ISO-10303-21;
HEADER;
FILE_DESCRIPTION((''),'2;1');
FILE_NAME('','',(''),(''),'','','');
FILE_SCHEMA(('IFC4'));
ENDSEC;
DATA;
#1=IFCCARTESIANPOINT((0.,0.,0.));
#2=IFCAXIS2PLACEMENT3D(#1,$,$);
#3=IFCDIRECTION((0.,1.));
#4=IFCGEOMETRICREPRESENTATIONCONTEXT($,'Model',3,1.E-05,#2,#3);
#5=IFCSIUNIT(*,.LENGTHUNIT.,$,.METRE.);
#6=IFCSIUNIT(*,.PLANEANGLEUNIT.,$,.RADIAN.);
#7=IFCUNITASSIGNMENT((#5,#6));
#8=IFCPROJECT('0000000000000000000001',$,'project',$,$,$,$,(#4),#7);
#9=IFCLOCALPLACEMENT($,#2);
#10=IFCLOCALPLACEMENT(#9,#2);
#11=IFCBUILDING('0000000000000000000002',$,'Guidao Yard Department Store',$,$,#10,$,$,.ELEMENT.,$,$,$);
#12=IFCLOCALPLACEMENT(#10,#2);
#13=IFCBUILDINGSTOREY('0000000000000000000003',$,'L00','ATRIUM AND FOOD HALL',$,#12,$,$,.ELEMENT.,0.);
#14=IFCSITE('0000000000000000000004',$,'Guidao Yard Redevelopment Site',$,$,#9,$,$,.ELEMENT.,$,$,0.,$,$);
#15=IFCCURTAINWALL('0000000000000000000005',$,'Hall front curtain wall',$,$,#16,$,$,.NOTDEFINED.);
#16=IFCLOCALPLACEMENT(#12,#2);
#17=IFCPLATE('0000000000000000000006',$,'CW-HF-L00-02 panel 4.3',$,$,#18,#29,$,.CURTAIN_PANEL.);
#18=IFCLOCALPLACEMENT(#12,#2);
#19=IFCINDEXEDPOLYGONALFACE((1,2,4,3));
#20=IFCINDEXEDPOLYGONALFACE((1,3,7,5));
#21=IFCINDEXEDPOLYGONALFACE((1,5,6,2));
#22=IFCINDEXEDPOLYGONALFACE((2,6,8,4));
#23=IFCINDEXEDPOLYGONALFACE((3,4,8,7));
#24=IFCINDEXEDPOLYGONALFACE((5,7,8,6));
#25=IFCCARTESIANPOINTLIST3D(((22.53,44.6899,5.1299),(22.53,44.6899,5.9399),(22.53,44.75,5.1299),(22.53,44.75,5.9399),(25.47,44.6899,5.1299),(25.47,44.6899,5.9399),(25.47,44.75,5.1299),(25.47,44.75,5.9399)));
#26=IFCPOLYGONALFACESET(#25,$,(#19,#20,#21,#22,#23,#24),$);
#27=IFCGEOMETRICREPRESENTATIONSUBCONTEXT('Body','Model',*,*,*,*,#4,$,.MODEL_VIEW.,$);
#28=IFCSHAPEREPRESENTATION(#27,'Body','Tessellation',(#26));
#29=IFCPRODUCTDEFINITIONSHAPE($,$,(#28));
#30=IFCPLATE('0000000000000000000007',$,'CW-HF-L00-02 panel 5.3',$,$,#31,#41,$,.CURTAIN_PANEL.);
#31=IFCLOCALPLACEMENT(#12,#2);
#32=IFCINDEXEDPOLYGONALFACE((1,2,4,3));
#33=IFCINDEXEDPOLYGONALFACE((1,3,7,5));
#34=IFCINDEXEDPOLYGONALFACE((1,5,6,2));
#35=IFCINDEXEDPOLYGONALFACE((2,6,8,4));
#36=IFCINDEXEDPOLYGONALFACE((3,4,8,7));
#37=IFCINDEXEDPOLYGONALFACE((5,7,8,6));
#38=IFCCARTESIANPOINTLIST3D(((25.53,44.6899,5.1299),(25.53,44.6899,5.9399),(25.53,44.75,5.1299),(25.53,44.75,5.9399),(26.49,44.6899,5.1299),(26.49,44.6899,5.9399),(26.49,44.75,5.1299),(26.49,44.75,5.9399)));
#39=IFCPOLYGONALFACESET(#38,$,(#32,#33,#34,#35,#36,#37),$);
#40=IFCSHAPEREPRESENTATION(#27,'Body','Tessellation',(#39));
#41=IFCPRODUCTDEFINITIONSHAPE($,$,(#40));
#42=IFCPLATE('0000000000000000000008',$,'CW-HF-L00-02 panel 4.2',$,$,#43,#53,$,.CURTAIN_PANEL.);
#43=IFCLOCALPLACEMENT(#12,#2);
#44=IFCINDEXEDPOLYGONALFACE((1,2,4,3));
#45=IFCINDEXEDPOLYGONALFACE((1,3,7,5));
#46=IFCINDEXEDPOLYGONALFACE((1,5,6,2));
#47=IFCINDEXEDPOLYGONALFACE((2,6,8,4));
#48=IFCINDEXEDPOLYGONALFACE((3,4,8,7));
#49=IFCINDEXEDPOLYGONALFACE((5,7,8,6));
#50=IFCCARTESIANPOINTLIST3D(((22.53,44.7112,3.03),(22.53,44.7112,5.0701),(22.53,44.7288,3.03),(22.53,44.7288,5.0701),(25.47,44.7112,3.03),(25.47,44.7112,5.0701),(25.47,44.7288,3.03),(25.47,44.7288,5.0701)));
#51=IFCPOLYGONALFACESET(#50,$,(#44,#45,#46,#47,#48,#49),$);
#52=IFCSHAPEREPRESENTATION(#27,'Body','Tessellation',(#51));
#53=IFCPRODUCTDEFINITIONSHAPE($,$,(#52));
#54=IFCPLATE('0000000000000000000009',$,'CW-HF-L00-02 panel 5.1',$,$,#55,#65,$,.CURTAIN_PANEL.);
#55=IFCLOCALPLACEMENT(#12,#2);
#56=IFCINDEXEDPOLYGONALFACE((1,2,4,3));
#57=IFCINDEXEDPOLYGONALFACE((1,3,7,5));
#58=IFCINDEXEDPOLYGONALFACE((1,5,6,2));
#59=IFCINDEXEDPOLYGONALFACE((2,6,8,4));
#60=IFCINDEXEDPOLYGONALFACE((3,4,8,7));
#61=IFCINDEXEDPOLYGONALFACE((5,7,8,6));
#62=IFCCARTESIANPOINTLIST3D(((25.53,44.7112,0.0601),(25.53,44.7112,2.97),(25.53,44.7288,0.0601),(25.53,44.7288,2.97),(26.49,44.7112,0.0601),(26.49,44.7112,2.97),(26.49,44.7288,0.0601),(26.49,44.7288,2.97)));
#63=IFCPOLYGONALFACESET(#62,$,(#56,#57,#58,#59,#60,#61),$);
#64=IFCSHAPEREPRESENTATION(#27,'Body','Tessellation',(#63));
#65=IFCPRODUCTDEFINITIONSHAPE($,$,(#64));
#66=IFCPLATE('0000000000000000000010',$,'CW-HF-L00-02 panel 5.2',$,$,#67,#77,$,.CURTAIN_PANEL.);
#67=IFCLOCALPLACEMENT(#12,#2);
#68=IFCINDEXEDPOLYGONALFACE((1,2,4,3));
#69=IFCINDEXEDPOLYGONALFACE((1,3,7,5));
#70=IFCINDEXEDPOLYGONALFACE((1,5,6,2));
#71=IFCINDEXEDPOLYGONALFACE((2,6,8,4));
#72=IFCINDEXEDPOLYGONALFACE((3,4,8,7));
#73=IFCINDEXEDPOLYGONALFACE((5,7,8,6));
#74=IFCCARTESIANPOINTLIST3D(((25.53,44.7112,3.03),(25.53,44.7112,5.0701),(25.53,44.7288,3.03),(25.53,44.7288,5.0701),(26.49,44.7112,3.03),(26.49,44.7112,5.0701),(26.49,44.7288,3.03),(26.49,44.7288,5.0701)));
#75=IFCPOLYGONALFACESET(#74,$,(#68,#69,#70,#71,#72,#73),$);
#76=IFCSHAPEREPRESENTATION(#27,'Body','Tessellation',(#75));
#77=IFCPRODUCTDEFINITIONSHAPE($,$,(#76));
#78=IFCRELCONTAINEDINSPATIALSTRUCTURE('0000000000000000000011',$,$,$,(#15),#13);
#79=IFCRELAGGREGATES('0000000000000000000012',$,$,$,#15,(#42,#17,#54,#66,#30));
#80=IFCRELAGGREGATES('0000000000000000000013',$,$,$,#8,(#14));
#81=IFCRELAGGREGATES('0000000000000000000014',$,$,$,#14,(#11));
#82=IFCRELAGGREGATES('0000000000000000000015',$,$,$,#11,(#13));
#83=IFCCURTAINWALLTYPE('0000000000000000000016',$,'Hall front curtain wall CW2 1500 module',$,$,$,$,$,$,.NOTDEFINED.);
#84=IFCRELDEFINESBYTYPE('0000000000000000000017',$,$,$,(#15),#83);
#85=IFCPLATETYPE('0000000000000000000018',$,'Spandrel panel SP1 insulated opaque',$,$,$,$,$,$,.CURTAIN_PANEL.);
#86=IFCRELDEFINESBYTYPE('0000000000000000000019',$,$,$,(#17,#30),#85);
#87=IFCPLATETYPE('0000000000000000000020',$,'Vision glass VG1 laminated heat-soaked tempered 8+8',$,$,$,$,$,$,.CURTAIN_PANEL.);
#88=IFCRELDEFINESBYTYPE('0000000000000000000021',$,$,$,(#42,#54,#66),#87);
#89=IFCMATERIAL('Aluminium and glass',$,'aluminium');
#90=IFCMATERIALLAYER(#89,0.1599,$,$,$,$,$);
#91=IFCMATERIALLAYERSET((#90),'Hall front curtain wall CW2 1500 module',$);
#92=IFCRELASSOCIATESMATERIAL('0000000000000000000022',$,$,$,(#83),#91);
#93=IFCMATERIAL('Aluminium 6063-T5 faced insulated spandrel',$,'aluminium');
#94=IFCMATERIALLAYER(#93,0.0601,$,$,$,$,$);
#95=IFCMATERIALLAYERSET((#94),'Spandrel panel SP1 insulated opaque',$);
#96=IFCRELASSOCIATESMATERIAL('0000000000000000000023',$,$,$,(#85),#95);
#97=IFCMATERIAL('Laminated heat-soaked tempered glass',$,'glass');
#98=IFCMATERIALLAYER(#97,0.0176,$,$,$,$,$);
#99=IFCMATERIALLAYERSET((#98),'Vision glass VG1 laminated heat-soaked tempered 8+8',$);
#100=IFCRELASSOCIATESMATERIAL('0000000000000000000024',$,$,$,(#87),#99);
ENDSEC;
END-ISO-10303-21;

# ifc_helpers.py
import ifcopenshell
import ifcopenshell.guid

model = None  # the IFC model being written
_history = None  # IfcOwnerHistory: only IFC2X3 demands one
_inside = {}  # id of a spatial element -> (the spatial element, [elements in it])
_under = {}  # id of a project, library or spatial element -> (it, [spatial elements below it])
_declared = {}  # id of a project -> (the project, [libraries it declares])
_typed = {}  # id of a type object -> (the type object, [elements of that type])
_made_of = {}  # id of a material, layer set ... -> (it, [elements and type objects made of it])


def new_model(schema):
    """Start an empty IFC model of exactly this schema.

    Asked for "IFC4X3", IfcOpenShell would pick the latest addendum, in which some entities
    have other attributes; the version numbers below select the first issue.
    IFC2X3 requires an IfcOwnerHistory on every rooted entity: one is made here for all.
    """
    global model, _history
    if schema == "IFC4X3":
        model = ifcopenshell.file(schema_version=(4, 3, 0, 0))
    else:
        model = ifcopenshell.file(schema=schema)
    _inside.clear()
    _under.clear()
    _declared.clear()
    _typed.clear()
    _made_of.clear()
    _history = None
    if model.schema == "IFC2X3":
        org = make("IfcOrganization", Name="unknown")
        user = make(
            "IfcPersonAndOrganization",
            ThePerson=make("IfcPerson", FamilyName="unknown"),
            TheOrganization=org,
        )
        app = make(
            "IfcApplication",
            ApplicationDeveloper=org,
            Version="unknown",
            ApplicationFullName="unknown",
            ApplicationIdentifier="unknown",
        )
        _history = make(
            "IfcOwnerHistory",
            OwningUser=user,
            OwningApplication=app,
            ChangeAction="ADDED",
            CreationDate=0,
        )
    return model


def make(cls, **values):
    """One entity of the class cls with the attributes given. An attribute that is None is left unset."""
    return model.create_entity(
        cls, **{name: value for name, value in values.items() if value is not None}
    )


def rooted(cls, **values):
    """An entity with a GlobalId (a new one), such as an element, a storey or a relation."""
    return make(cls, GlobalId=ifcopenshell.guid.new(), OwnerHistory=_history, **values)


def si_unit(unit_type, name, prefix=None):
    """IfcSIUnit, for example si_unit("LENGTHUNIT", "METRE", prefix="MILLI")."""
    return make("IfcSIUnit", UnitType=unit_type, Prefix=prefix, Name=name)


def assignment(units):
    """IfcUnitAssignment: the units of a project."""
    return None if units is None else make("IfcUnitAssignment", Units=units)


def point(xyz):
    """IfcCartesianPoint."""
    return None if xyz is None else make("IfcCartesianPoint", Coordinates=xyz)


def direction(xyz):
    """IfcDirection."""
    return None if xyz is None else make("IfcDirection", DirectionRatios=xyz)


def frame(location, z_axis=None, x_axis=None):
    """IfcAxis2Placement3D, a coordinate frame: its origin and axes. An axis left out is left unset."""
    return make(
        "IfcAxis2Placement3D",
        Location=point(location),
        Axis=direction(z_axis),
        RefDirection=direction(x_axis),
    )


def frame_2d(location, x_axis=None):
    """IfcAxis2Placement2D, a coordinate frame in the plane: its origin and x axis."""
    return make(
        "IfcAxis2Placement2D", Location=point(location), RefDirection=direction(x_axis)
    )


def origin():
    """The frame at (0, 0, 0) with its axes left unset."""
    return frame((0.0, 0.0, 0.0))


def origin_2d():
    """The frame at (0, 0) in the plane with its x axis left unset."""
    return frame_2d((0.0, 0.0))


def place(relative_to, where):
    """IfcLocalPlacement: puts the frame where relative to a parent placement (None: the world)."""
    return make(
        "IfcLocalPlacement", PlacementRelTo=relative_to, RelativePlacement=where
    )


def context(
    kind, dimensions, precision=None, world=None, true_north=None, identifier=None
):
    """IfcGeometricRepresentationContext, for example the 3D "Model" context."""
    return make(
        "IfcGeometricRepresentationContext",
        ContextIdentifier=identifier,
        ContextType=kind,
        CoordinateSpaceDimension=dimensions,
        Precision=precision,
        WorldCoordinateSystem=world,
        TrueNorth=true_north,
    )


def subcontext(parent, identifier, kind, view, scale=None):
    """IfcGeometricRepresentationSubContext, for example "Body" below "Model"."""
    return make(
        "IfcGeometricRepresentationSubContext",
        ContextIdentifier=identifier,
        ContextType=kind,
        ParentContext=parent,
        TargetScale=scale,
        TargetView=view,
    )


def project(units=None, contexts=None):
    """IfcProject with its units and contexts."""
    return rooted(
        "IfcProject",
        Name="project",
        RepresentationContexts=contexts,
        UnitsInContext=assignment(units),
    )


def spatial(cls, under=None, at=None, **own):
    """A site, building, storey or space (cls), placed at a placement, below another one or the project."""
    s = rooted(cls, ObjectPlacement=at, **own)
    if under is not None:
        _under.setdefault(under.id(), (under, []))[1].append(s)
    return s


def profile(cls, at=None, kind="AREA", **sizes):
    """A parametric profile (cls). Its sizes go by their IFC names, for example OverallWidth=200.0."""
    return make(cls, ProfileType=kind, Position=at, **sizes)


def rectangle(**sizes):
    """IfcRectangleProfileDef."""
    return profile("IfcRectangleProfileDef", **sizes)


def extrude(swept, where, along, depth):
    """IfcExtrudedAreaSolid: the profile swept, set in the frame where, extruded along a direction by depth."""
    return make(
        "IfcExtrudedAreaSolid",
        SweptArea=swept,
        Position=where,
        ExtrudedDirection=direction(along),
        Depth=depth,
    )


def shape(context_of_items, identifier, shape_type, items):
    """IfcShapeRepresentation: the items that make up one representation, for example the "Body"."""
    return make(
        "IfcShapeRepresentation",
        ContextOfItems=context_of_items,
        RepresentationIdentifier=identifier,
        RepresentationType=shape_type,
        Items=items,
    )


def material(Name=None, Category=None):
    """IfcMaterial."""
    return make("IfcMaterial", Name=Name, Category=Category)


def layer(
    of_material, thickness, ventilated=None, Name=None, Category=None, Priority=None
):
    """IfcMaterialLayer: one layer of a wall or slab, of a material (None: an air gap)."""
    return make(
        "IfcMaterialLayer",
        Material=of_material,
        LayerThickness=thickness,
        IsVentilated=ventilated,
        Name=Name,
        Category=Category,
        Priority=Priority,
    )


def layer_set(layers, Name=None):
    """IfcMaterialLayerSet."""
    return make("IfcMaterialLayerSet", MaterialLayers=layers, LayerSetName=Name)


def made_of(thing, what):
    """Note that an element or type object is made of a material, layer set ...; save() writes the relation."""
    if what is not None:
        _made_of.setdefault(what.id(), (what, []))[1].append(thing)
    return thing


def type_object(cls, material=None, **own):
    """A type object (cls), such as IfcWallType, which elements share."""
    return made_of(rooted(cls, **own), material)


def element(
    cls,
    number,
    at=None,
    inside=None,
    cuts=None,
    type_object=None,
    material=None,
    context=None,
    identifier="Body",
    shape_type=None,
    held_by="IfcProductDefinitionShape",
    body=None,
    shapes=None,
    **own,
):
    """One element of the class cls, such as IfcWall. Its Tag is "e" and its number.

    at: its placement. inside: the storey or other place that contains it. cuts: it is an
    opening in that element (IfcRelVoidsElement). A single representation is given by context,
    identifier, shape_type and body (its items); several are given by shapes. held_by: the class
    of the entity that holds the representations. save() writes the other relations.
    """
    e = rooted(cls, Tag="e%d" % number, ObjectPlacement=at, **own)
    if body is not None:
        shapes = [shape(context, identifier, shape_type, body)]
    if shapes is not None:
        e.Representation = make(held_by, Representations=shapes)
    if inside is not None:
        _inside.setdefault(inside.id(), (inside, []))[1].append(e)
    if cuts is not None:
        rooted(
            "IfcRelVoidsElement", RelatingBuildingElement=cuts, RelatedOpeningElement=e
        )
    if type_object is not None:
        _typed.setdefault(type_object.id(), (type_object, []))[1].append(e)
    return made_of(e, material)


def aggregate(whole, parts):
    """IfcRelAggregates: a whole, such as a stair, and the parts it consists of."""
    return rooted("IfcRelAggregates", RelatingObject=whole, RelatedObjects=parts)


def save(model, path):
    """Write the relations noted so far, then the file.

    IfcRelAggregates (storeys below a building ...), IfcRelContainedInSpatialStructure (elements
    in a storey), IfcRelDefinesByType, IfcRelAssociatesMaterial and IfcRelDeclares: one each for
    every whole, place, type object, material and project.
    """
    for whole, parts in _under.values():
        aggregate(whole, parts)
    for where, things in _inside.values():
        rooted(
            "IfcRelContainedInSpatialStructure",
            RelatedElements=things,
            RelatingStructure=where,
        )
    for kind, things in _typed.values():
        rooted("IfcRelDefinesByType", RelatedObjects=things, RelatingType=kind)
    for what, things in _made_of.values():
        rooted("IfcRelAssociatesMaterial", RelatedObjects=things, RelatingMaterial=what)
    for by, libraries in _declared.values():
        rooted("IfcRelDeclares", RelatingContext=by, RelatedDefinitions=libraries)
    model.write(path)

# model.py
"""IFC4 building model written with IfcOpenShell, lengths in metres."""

from ifc_helpers import new_model, si_unit, direction, frame, origin, origin_2d, place, context, subcontext, project, spatial, rectangle, extrude, material, layer, layer_set, type_object, element, aggregate, save


model = new_model("IFC4")

# Units and contexts
model_context = context("Model", 3, precision=1e-05, world=origin(), true_north=direction((0.0, 1.0)))
body_context = subcontext(model_context, "Body", "Model", "MODEL_VIEW")
ifc_project = project(units=[si_unit("LENGTHUNIT", "METRE"), si_unit("PLANEANGLEUNIT", "RADIAN")], contexts=[model_context])

# Site, building, storey
site_placement = place(None, origin())
site = spatial("IfcSite", under=ifc_project, at=site_placement, Name="Guidao Yard Redevelopment Site", CompositionType="ELEMENT", RefElevation=0.0)
building_placement = place(site_placement, origin())
building = spatial("IfcBuilding", under=site, at=building_placement, Name="Guidao Yard Department Store", CompositionType="ELEMENT")
storey_placement = place(building_placement, origin())
storey = spatial("IfcBuildingStorey", under=building, at=storey_placement, Name="L00", Description="ATRIUM AND FOOD HALL", CompositionType="ELEMENT", Elevation=0.0)

# Curtain wall
ifc_material_1 = material(Name="Aluminium and glass", Category="aluminium")
ifc_layer_1 = layer(ifc_material_1, 0.1599)
ifc_layer_set_1 = layer_set([ifc_layer_1], Name="Hall front curtain wall CW2 1500 module")
curtain_wall_type = type_object("IfcCurtainWallType", Name="Hall front curtain wall CW2 1500 module", PredefinedType="NOTDEFINED", material=ifc_layer_set_1)
curtain_wall_1_placement = place(storey_placement, origin())
curtain_wall_1 = element("IfcCurtainWall", 1, at=curtain_wall_1_placement, inside=storey, type_object=curtain_wall_type, Name="Hall front curtain wall", PredefinedType="NOTDEFINED")

# Plates
ifc_material_2 = material(Name="Aluminium 6063-T5 faced insulated spandrel", Category="aluminium")
ifc_layer_2 = layer(ifc_material_2, 0.0601)
ifc_layer_set_2 = layer_set([ifc_layer_2], Name="Spandrel panel SP1 insulated opaque")
plate_type_1 = type_object("IfcPlateType", Name="Spandrel panel SP1 insulated opaque", PredefinedType="CURTAIN_PANEL", material=ifc_layer_set_2)
plate_1_placement = place(storey_placement, frame((24.0, 44.72, 5.1299), z_axis=(0.0, 0.0, 1.0), x_axis=(-1.0, 0.0, 0.0)))
plate_1 = element("IfcPlate", 2, at=plate_1_placement, type_object=plate_type_1, Name="CW-HF-L00-02 panel 4.3", PredefinedType="CURTAIN_PANEL", context=body_context, shape_type="SweptSolid", body=[
    extrude(rectangle(XDim=2.9399, YDim=0.0601, at=origin_2d()), origin(), (0.0, 0.0, 1.0), 0.8101),
])
plate_2_placement = place(storey_placement, frame((26.01, 44.72, 5.1299), z_axis=(0.0, 0.0, 1.0), x_axis=(-1.0, 0.0, 0.0)))
plate_2 = element("IfcPlate", 3, at=plate_2_placement, type_object=plate_type_1, Name="CW-HF-L00-02 panel 5.3", PredefinedType="CURTAIN_PANEL", context=body_context, shape_type="SweptSolid", body=[
    extrude(rectangle(XDim=0.96, YDim=0.0601, at=origin_2d()), origin(), (0.0, 0.0, 1.0), 0.8101),
])
ifc_material_3 = material(Name="Laminated heat-soaked tempered glass", Category="glass")
ifc_layer_3 = layer(ifc_material_3, 0.0176)
ifc_layer_set_3 = layer_set([ifc_layer_3], Name="Vision glass VG1 laminated heat-soaked tempered 8+8")
plate_type_2 = type_object("IfcPlateType", Name="Vision glass VG1 laminated heat-soaked tempered 8+8", PredefinedType="CURTAIN_PANEL", material=ifc_layer_set_3)
plate_3_placement = place(storey_placement, frame((24.0, 44.72, 3.03), z_axis=(0.0, 0.0, 1.0), x_axis=(-1.0, 0.0, 0.0)))
plate_3 = element("IfcPlate", 4, at=plate_3_placement, type_object=plate_type_2, Name="CW-HF-L00-02 panel 4.2", PredefinedType="CURTAIN_PANEL", context=body_context, shape_type="SweptSolid", body=[
    extrude(rectangle(XDim=2.9399, YDim=0.0176, at=origin_2d()), origin(), (0.0, 0.0, 1.0), 2.04),
])
plate_4_placement = place(storey_placement, frame((26.01, 44.72, 0.0601), z_axis=(0.0, 0.0, 1.0), x_axis=(-1.0, 0.0, 0.0)))
plate_4 = element("IfcPlate", 5, at=plate_4_placement, type_object=plate_type_2, Name="CW-HF-L00-02 panel 5.1", PredefinedType="CURTAIN_PANEL", context=body_context, shape_type="SweptSolid", body=[
    extrude(rectangle(XDim=0.96, YDim=0.0176, at=origin_2d()), origin(), (0.0, 0.0, 1.0), 2.9099),
])
plate_5_placement = place(storey_placement, frame((26.01, 44.72, 3.03), z_axis=(0.0, 0.0, 1.0), x_axis=(-1.0, 0.0, 0.0)))
plate_5 = element("IfcPlate", 6, at=plate_5_placement, type_object=plate_type_2, Name="CW-HF-L00-02 panel 5.2", PredefinedType="CURTAIN_PANEL", context=body_context, shape_type="SweptSolid", body=[
    extrude(rectangle(XDim=0.96, YDim=0.0176, at=origin_2d()), origin(), (0.0, 0.0, 1.0), 2.04),
])
aggregate(curtain_wall_1, [plate_3, plate_1, plate_4, plate_5, plate_2])

save(model, "model.ifc")
